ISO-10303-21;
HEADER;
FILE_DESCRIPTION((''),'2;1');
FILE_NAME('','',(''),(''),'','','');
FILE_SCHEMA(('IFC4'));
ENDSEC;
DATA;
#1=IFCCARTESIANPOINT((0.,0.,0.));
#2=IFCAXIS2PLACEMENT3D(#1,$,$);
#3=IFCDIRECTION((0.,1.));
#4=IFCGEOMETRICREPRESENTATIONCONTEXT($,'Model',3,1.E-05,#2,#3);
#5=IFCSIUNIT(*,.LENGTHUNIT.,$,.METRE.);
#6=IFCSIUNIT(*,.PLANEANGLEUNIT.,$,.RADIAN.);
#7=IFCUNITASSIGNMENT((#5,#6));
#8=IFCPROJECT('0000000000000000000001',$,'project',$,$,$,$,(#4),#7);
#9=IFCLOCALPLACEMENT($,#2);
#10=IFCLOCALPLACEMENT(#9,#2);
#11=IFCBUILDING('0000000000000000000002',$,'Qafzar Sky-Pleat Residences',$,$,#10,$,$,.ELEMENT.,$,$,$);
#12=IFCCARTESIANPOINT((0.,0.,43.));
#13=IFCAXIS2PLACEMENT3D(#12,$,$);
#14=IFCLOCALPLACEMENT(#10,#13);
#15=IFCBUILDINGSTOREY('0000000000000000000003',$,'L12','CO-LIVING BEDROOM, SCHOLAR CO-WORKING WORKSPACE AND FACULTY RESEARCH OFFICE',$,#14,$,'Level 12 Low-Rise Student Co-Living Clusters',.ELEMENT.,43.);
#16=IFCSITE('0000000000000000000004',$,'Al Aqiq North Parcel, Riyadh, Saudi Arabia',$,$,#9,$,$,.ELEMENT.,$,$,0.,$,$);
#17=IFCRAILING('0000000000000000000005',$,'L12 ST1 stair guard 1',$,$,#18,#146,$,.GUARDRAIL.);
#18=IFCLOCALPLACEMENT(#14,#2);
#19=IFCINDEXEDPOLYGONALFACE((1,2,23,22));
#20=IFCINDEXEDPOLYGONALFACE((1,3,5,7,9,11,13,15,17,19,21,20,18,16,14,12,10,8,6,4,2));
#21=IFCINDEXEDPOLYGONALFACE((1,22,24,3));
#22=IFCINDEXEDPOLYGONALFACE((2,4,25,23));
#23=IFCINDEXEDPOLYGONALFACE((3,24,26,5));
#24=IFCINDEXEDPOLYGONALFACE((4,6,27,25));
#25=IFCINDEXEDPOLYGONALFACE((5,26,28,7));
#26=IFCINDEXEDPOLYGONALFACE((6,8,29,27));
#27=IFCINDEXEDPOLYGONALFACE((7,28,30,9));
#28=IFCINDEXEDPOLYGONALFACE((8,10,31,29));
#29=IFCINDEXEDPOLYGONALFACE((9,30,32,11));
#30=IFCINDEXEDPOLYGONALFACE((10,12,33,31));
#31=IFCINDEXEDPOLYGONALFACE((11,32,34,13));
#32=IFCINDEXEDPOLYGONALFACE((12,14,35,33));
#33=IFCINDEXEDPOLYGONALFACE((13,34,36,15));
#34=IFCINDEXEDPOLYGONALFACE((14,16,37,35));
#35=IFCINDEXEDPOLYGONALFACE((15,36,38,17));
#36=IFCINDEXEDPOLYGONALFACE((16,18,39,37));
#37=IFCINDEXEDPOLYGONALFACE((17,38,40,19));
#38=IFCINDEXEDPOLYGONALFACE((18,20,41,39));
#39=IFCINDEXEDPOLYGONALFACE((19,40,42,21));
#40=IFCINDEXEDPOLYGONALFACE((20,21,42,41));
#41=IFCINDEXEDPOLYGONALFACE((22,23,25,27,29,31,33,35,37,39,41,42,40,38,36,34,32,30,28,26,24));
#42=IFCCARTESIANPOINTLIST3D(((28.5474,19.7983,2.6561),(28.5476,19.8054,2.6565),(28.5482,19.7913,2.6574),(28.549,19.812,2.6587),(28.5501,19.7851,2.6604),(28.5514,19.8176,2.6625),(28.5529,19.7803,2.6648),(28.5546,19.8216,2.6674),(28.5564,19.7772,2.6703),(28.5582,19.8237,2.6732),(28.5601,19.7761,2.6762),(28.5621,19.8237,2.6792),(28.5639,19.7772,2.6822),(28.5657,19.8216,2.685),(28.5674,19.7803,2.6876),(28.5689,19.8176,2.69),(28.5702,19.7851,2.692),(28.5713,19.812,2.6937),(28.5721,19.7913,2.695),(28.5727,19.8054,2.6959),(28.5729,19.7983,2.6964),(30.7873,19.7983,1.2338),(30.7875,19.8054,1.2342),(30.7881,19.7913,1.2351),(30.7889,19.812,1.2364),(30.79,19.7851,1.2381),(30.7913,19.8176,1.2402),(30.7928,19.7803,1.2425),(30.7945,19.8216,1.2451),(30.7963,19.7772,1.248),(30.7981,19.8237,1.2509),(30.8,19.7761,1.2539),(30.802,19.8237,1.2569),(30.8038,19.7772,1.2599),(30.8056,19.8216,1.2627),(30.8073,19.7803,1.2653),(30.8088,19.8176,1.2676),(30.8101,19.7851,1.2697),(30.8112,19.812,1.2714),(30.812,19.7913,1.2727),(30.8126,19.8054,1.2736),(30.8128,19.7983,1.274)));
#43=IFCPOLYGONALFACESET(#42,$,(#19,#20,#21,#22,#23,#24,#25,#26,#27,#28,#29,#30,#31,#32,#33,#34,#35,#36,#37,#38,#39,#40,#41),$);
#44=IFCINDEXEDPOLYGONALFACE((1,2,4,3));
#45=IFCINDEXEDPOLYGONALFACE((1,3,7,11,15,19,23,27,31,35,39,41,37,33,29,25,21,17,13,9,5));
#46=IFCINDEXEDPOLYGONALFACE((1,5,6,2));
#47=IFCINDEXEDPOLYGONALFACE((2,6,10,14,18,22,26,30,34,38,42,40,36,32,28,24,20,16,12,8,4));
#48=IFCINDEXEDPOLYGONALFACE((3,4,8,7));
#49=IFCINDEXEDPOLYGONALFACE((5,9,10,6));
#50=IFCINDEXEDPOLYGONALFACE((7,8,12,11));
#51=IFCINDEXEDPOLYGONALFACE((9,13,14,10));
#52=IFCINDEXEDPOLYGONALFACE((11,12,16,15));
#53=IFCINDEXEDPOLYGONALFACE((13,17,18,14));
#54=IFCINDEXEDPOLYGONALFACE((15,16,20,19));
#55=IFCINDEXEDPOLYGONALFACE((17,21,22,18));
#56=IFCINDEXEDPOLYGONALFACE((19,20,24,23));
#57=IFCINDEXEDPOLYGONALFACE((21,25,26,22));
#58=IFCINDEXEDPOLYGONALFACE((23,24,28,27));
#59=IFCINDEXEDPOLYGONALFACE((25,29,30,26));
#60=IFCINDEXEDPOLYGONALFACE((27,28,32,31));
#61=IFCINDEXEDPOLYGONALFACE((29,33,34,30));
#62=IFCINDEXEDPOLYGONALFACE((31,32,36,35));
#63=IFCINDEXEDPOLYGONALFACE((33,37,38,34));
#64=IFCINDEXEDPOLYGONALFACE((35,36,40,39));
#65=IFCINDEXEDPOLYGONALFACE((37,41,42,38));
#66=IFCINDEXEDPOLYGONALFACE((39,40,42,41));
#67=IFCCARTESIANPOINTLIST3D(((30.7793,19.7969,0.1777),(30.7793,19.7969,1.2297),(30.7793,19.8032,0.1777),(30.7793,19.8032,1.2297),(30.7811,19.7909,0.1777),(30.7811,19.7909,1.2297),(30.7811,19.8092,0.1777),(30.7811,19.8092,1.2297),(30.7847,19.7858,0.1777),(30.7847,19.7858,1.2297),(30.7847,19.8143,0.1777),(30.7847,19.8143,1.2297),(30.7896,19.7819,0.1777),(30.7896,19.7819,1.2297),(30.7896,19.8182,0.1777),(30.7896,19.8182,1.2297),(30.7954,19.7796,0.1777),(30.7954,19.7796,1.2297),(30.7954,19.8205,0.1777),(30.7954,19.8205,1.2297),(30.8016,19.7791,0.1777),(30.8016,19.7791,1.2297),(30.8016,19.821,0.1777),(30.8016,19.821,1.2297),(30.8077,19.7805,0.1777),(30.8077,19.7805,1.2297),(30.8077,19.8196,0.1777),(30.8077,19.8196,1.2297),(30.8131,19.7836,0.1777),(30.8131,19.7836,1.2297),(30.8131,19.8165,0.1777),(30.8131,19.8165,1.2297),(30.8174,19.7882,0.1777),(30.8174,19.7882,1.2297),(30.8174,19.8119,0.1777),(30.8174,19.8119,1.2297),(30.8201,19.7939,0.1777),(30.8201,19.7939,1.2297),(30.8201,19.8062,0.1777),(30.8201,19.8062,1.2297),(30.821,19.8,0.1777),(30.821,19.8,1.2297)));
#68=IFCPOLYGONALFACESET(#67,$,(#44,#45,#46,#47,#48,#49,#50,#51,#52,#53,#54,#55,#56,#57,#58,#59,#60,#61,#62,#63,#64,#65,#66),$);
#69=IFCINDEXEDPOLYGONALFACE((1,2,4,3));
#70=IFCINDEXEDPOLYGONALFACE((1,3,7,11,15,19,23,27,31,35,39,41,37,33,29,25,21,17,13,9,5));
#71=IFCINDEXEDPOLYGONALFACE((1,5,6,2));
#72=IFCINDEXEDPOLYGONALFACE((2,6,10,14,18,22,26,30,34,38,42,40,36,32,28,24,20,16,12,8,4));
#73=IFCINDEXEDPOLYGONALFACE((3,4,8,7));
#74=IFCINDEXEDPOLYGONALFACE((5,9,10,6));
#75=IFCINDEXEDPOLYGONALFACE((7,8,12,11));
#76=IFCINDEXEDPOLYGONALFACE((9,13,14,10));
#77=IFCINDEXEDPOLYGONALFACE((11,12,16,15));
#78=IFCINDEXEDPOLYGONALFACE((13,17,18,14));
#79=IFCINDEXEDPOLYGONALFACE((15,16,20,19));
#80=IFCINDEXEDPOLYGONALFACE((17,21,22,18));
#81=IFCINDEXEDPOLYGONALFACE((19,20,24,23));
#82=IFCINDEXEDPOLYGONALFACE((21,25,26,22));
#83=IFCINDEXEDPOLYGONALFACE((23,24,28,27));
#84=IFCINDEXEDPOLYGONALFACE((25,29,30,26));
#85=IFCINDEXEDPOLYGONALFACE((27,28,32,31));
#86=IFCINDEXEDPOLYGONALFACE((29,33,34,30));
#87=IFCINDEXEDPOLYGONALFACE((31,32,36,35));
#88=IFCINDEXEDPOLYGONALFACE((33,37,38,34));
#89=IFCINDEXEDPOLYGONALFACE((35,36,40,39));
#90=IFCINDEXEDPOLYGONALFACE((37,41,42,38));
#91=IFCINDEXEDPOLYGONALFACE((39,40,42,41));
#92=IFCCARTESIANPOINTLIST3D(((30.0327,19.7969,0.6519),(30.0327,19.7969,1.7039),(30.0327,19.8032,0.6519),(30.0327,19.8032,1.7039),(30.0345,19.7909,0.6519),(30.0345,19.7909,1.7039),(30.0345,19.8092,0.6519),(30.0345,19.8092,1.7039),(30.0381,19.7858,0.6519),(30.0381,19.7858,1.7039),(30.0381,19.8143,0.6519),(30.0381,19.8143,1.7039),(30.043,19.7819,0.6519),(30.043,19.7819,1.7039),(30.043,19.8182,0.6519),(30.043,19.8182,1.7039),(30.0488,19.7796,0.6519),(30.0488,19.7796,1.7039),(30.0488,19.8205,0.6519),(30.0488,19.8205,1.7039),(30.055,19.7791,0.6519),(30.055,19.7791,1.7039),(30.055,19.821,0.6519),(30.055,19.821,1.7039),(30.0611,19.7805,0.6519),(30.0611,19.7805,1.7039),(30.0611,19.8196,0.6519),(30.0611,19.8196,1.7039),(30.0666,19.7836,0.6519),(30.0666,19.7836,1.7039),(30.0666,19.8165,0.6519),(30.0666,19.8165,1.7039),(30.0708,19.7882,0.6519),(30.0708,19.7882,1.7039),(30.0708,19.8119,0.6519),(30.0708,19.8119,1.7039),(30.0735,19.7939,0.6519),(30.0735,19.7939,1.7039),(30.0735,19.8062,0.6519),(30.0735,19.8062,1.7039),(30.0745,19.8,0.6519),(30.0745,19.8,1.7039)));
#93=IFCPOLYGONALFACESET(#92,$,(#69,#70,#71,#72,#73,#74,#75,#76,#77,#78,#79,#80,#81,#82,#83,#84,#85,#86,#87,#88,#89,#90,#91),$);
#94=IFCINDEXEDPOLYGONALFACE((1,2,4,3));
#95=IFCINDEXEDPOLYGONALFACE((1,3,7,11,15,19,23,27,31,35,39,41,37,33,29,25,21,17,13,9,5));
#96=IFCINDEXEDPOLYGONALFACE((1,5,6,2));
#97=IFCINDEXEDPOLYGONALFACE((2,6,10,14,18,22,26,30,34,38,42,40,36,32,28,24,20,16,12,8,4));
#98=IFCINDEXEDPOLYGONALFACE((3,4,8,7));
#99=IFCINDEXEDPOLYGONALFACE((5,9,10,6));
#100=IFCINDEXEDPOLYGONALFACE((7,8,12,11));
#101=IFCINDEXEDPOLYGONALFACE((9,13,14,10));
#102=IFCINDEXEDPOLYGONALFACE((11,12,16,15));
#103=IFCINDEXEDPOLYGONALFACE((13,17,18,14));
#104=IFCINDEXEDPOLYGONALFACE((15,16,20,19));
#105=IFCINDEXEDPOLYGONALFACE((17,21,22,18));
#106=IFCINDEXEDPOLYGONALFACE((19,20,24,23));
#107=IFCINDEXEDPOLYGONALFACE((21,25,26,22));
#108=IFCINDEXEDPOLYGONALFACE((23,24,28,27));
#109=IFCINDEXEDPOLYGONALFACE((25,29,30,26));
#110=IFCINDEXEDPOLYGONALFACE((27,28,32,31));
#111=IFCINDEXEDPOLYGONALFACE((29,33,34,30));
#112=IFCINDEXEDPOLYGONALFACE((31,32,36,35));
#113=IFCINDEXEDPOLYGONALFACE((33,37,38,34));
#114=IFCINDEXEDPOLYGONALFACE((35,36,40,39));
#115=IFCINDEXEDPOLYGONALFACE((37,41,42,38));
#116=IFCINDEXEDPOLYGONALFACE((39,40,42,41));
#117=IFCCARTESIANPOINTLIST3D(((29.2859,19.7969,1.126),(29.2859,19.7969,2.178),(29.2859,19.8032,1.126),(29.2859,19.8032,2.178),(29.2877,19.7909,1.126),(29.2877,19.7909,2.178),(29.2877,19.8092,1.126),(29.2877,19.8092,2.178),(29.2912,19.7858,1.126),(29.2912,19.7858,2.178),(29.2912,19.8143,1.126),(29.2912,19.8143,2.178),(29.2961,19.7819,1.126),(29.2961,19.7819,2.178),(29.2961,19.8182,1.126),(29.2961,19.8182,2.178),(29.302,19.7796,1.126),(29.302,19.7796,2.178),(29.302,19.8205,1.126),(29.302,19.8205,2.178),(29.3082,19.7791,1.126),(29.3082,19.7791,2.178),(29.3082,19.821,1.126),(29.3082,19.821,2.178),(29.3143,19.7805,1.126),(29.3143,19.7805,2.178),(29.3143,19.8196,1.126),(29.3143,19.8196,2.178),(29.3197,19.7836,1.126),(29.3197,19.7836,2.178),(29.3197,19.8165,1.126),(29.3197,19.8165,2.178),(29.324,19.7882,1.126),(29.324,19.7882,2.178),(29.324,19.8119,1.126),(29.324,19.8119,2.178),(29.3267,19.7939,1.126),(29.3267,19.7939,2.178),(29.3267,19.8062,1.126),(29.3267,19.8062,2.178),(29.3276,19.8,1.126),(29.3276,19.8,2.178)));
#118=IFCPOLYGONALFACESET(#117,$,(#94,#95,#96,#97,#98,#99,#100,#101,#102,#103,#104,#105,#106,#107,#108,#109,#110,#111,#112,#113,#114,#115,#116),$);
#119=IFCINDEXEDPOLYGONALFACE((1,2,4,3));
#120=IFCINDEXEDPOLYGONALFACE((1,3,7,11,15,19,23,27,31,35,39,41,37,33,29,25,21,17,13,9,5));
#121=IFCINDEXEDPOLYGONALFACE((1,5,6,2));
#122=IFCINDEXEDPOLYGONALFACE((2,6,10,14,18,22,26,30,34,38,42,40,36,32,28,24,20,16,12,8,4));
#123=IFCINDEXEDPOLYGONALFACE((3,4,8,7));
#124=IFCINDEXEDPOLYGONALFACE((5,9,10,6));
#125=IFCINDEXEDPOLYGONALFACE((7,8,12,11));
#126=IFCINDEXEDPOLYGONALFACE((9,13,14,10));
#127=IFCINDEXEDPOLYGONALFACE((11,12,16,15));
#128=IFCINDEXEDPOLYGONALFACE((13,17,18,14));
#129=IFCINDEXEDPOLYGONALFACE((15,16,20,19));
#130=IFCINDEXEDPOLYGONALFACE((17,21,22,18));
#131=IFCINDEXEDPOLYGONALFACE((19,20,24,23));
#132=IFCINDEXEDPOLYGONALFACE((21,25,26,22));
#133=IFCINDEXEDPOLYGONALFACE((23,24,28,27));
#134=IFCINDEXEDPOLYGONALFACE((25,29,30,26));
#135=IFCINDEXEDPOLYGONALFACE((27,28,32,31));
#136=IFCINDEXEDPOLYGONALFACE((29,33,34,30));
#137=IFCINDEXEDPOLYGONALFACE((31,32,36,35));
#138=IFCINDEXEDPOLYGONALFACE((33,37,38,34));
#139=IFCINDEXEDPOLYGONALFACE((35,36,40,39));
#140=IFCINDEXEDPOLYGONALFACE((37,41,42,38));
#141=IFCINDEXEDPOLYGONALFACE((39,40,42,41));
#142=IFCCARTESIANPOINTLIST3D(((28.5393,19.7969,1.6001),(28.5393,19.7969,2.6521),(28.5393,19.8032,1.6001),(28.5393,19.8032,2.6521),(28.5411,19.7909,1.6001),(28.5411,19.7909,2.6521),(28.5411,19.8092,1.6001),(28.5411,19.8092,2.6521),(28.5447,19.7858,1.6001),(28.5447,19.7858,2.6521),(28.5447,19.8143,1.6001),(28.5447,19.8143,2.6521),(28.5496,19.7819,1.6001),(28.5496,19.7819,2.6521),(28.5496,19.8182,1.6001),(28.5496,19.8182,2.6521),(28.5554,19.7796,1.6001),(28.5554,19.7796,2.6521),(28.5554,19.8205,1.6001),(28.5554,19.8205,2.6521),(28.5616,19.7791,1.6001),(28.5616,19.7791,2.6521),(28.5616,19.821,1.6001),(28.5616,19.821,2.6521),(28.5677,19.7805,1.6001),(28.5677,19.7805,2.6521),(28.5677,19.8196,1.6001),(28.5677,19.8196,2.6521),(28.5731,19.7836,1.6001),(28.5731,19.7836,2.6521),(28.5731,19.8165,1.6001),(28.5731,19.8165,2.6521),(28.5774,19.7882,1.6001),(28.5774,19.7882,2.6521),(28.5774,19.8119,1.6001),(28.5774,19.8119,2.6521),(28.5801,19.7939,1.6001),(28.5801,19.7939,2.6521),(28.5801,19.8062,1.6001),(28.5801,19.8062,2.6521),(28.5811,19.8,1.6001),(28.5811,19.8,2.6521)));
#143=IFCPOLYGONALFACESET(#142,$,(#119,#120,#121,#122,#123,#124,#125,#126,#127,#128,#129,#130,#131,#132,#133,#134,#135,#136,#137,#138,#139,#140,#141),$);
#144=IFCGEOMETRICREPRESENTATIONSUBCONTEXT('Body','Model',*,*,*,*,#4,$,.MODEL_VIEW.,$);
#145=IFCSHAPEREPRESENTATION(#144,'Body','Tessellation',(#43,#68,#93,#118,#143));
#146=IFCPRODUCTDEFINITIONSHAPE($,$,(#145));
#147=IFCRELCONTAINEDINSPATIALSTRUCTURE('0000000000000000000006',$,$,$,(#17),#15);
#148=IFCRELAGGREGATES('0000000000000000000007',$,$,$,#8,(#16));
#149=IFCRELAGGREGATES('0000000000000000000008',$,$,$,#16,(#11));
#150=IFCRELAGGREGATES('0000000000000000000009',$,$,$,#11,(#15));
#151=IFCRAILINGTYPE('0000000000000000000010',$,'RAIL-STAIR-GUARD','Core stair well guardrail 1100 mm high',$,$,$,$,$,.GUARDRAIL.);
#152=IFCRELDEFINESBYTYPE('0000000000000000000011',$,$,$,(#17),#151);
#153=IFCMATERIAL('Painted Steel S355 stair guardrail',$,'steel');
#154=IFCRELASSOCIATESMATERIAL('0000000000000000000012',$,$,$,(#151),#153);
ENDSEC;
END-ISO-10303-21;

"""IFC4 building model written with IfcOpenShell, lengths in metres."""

from ifc_helpers import new_model, si_unit, direction, frame, origin, origin_2d, place, context, subcontext, project, spatial, circle, extrude, source, transform, mapped, material, type_object, element, save


model = new_model("IFC4")

# Units and contexts
model_context = context("Model", 3, precision=1e-05, world=origin(), true_north=direction((0.0, 1.0)))
body_context = subcontext(model_context, "Body", "Model", "MODEL_VIEW")
ifc_project = project(units=[si_unit("LENGTHUNIT", "METRE"), si_unit("PLANEANGLEUNIT", "RADIAN")], contexts=[model_context])

# Site, building, storey
site_placement = place(None, origin())
site = spatial("IfcSite", under=ifc_project, at=site_placement, Name="Al Aqiq North Parcel, Riyadh, Saudi Arabia", CompositionType="ELEMENT", RefElevation=0.0)
building_placement = place(site_placement, origin())
building = spatial("IfcBuilding", under=site, at=building_placement, Name="Qafzar Sky-Pleat Residences", CompositionType="ELEMENT")
storey_placement = place(building_placement, frame((0.0, 0.0, 43.0)))
storey = spatial("IfcBuildingStorey", under=building, at=storey_placement, Name="L12", Description="CO-LIVING BEDROOM, SCHOLAR CO-WORKING WORKSPACE AND FACULTY RESEARCH OFFICE", LongName="Level 12 Low-Rise Student Co-Living Clusters", CompositionType="ELEMENT", Elevation=43.0)

# Railing
ifc_material_1 = material(Name="Painted Steel S355 stair guardrail", Category="steel")
railing_type_1 = type_object("IfcRailingType", Name="RAIL-STAIR-GUARD", Description="Core stair well guardrail 1100 mm high", PredefinedType="GUARDRAIL", material=ifc_material_1)
shared_shape_1 = source(origin(), body_context, "Body", "SweptSolid", [
    extrude(circle(Radius=0.0239, at=origin_2d()), frame((0.0, 0.0, 1.0762), z_axis=(-0.844188, 0.0, 0.536048), x_axis=(0.0, -1.0, 0.0)), (0.0, 0.0, 1.0), 2.6533),
    extrude(circle(Radius=0.021, at=origin_2d()), origin(), (0.0, 0.0, 1.0), 1.052),
    extrude(circle(Radius=0.021, at=origin_2d()), frame((-0.7466, 0.0, 0.4741)), (0.0, 0.0, 1.0), 1.052),
    extrude(circle(Radius=0.021, at=origin_2d()), frame((-1.4934, 0.0, 0.9482)), (0.0, 0.0, 1.0), 1.052),
    extrude(circle(Radius=0.021, at=origin_2d()), frame((-2.24, 0.0, 1.4224)), (0.0, 0.0, 1.0), 1.052),
])
railing_1_placement = place(storey_placement, frame((30.8, 19.8, 0.1777)))
element("IfcRailing", 1, at=railing_1_placement, inside=storey, type_object=railing_type_1, Name="L12 ST1 stair guard 1", PredefinedType="GUARDRAIL", context=body_context, shape_type="MappedRepresentation", body=[
    mapped(shared_shape_1, transform((0.0, 0.0, 0.0), x_axis=(1.0, 0.0, 0.0), y_axis=(0.0, 1.0, 0.0), z_axis=(0.0, 0.0, 1.0), scale=1.0)),
])

save(model, "model.ifc")
